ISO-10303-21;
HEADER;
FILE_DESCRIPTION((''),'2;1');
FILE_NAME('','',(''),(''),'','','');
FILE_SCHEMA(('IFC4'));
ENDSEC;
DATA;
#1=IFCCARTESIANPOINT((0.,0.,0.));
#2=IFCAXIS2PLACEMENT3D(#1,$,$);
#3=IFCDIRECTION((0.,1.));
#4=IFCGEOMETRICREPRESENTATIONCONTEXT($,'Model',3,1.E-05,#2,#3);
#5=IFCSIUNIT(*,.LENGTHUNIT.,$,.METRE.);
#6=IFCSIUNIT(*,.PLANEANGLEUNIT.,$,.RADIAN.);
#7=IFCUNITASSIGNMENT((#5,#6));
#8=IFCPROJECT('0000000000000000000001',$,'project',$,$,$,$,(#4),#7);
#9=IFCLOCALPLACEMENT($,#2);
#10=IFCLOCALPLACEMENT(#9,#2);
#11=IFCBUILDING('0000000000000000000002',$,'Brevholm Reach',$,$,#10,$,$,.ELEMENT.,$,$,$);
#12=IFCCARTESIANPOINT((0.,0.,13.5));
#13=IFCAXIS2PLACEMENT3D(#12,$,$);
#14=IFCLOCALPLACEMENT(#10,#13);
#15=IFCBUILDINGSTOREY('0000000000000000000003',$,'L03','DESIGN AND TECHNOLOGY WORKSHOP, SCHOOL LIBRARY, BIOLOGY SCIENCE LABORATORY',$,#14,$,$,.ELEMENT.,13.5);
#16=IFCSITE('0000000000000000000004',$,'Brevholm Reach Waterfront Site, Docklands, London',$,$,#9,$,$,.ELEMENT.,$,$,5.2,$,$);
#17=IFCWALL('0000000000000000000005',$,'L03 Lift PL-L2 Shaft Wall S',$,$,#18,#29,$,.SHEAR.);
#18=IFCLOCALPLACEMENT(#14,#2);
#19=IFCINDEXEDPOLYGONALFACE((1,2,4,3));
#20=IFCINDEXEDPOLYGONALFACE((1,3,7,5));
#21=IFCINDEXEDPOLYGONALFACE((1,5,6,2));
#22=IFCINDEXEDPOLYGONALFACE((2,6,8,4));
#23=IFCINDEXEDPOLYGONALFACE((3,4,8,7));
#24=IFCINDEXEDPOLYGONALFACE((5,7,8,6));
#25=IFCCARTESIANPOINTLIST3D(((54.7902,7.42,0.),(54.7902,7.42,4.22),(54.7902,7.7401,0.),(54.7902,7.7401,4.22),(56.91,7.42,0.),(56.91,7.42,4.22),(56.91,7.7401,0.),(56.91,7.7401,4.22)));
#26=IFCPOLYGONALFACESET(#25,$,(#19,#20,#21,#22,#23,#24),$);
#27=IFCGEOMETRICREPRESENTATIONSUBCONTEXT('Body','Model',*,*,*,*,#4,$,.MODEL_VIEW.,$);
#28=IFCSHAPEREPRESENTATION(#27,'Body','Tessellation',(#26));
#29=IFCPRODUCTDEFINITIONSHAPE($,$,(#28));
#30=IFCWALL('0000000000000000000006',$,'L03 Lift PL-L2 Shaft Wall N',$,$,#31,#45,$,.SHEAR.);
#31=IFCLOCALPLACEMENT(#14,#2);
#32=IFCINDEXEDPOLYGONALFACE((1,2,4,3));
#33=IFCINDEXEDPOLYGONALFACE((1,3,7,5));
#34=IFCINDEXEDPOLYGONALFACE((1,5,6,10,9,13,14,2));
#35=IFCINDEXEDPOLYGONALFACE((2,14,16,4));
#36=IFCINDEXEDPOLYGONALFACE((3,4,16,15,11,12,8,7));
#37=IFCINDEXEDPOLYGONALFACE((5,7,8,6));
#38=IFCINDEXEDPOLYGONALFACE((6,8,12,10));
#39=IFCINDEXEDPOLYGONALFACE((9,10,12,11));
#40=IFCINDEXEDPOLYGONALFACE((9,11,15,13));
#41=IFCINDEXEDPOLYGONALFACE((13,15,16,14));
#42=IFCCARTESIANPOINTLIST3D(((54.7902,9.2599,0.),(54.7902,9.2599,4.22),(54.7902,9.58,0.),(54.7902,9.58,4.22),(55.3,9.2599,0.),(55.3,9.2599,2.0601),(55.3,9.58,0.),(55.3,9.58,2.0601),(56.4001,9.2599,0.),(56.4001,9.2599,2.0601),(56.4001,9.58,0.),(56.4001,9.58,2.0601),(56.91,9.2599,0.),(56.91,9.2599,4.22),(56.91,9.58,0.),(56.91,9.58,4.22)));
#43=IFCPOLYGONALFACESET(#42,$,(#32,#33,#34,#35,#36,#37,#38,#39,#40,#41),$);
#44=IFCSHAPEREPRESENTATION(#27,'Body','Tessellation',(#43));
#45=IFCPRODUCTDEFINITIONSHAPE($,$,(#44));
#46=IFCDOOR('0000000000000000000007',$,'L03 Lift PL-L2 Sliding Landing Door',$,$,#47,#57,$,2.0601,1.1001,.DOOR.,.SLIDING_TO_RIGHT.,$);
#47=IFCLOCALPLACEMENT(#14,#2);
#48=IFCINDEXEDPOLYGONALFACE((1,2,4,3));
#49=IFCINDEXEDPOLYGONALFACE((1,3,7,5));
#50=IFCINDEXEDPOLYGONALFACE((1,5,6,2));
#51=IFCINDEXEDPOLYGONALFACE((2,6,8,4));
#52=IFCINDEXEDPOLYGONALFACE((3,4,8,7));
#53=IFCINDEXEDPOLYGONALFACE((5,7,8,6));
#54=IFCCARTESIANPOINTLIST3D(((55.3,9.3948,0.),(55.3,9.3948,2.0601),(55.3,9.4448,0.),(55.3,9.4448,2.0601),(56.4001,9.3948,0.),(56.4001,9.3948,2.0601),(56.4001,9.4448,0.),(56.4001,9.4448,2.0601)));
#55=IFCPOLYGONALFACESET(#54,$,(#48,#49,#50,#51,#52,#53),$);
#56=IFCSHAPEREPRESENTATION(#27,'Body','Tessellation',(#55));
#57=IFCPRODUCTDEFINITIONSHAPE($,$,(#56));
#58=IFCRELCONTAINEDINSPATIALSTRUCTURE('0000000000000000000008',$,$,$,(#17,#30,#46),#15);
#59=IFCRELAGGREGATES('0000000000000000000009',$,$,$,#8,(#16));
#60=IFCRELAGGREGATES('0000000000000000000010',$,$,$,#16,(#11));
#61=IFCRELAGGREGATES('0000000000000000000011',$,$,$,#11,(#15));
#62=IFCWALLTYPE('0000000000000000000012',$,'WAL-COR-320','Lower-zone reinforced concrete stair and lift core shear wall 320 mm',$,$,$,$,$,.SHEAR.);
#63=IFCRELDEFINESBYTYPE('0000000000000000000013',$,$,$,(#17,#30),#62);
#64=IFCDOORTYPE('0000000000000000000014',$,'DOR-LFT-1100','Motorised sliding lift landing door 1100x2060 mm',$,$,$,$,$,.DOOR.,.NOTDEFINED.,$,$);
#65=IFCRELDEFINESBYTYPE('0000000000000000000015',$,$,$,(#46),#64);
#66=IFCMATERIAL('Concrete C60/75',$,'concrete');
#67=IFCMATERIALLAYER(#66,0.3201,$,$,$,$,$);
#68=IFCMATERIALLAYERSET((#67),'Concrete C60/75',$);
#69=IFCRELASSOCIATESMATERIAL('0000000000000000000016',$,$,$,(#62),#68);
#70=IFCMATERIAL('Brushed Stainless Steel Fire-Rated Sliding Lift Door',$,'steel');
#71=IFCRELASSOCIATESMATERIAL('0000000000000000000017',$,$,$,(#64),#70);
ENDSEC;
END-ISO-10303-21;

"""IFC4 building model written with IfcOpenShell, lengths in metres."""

from ifc_helpers import new_model, si_unit, direction, frame, frame_2d, origin, place, context, subcontext, project, spatial, rectangle, extrude, material, layer, layer_set, type_object, element, fill, save


model = new_model("IFC4")

# Units and contexts
model_context = context("Model", 3, precision=1e-05, world=origin(), true_north=direction((0.0, 1.0)))
body_context = subcontext(model_context, "Body", "Model", "MODEL_VIEW")
ifc_project = project(units=[si_unit("LENGTHUNIT", "METRE"), si_unit("PLANEANGLEUNIT", "RADIAN")], contexts=[model_context])

# Site, building, storey
site_placement = place(None, origin())
site = spatial("IfcSite", under=ifc_project, at=site_placement, Name="Brevholm Reach Waterfront Site, Docklands, London", CompositionType="ELEMENT", RefElevation=5.2)
building_placement = place(site_placement, origin())
building = spatial("IfcBuilding", under=site, at=building_placement, Name="Brevholm Reach", CompositionType="ELEMENT")
storey_placement = place(building_placement, frame((0.0, 0.0, 13.5)))
storey = spatial("IfcBuildingStorey", under=building, at=storey_placement, Name="L03", Description="DESIGN AND TECHNOLOGY WORKSHOP, SCHOOL LIBRARY, BIOLOGY SCIENCE LABORATORY", CompositionType="ELEMENT", Elevation=13.5)

# Shared definitions
ifc_material_1 = material(Name="Concrete C60/75", Category="concrete")
ifc_layer = layer(ifc_material_1, 0.3201)
ifc_layer_set = layer_set([ifc_layer], Name="Concrete C60/75")
wall_type = type_object("IfcWallType", Name="WAL-COR-320", Description="Lower-zone reinforced concrete stair and lift core shear wall 320 mm", PredefinedType="SHEAR", material=ifc_layer_set)

# Shared definitions
ifc_material_2 = material(Name="Brushed Stainless Steel Fire-Rated Sliding Lift Door", Category="steel")
door_type = type_object("IfcDoorType", Name="DOR-LFT-1100", Description="Motorised sliding lift landing door 1100x2060 mm", OperationType="NOTDEFINED", PredefinedType="DOOR", material=ifc_material_2)

# Wall
wall_1_placement = place(storey_placement, frame((54.79, 7.5801, 0.0), z_axis=(0.0, 0.0, 1.0), x_axis=(1.0, 0.0, 0.0)))
element("IfcWall", 1, at=wall_1_placement, inside=storey, type_object=wall_type, Name="L03 Lift PL-L2 Shaft Wall S", PredefinedType="SHEAR", context=body_context, shape_type="SweptSolid", body=[
    extrude(rectangle(XDim=2.1199, YDim=0.3201, at=frame_2d((1.0601, 0.0))), origin(), (0.0, 0.0, 1.0), 4.22),
])

# Wall, opening, door
wall_2_placement = place(storey_placement, frame((54.79, 9.4199, 0.0), z_axis=(0.0, 0.0, 1.0), x_axis=(1.0, 0.0, 0.0)))
wall_2 = element("IfcWall", 2, at=wall_2_placement, inside=storey, type_object=wall_type, Name="L03 Lift PL-L2 Shaft Wall N", PredefinedType="SHEAR", context=body_context, shape_type="SweptSolid", body=[
    extrude(rectangle(XDim=2.1199, YDim=0.3201, at=frame_2d((1.0601, 0.0))), origin(), (0.0, 0.0, 1.0), 4.22),
])
opening_1_placement = place(wall_2_placement, frame((0.51, 0.0, 0.0)))
opening_1 = element("IfcOpeningElement", 3, at=opening_1_placement, cuts=wall_2, PredefinedType="OPENING", context=body_context, shape_type="SweptSolid", body=[
    extrude(rectangle(XDim=1.1001, YDim=2.0601, at=frame_2d((0.55, 1.03))), frame((0.0, 0.1699, 0.0), z_axis=(0.0, -1.0, 0.0), x_axis=(1.0, 0.0, 0.0)), (0.0, 0.0, 1.0), 0.3401),
])
door_1_placement = place(opening_1_placement, origin())
door_1 = element("IfcDoor", 4, at=door_1_placement, inside=storey, type_object=door_type, Name="L03 Lift PL-L2 Sliding Landing Door", OperationType="SLIDING_TO_RIGHT", OverallHeight=2.0601, OverallWidth=1.1001, PredefinedType="DOOR", context=body_context, shape_type="SweptSolid", body=[
    extrude(rectangle(XDim=1.1001, YDim=2.0601, at=frame_2d((0.55, 1.03))), frame((0.0, 0.0249, 0.0), z_axis=(0.0, -1.0, 0.0), x_axis=(1.0, 0.0, 0.0)), (0.0, 0.0, 1.0), 0.05),
])
fill(opening_1, door_1)

save(model, "model.ifc")
